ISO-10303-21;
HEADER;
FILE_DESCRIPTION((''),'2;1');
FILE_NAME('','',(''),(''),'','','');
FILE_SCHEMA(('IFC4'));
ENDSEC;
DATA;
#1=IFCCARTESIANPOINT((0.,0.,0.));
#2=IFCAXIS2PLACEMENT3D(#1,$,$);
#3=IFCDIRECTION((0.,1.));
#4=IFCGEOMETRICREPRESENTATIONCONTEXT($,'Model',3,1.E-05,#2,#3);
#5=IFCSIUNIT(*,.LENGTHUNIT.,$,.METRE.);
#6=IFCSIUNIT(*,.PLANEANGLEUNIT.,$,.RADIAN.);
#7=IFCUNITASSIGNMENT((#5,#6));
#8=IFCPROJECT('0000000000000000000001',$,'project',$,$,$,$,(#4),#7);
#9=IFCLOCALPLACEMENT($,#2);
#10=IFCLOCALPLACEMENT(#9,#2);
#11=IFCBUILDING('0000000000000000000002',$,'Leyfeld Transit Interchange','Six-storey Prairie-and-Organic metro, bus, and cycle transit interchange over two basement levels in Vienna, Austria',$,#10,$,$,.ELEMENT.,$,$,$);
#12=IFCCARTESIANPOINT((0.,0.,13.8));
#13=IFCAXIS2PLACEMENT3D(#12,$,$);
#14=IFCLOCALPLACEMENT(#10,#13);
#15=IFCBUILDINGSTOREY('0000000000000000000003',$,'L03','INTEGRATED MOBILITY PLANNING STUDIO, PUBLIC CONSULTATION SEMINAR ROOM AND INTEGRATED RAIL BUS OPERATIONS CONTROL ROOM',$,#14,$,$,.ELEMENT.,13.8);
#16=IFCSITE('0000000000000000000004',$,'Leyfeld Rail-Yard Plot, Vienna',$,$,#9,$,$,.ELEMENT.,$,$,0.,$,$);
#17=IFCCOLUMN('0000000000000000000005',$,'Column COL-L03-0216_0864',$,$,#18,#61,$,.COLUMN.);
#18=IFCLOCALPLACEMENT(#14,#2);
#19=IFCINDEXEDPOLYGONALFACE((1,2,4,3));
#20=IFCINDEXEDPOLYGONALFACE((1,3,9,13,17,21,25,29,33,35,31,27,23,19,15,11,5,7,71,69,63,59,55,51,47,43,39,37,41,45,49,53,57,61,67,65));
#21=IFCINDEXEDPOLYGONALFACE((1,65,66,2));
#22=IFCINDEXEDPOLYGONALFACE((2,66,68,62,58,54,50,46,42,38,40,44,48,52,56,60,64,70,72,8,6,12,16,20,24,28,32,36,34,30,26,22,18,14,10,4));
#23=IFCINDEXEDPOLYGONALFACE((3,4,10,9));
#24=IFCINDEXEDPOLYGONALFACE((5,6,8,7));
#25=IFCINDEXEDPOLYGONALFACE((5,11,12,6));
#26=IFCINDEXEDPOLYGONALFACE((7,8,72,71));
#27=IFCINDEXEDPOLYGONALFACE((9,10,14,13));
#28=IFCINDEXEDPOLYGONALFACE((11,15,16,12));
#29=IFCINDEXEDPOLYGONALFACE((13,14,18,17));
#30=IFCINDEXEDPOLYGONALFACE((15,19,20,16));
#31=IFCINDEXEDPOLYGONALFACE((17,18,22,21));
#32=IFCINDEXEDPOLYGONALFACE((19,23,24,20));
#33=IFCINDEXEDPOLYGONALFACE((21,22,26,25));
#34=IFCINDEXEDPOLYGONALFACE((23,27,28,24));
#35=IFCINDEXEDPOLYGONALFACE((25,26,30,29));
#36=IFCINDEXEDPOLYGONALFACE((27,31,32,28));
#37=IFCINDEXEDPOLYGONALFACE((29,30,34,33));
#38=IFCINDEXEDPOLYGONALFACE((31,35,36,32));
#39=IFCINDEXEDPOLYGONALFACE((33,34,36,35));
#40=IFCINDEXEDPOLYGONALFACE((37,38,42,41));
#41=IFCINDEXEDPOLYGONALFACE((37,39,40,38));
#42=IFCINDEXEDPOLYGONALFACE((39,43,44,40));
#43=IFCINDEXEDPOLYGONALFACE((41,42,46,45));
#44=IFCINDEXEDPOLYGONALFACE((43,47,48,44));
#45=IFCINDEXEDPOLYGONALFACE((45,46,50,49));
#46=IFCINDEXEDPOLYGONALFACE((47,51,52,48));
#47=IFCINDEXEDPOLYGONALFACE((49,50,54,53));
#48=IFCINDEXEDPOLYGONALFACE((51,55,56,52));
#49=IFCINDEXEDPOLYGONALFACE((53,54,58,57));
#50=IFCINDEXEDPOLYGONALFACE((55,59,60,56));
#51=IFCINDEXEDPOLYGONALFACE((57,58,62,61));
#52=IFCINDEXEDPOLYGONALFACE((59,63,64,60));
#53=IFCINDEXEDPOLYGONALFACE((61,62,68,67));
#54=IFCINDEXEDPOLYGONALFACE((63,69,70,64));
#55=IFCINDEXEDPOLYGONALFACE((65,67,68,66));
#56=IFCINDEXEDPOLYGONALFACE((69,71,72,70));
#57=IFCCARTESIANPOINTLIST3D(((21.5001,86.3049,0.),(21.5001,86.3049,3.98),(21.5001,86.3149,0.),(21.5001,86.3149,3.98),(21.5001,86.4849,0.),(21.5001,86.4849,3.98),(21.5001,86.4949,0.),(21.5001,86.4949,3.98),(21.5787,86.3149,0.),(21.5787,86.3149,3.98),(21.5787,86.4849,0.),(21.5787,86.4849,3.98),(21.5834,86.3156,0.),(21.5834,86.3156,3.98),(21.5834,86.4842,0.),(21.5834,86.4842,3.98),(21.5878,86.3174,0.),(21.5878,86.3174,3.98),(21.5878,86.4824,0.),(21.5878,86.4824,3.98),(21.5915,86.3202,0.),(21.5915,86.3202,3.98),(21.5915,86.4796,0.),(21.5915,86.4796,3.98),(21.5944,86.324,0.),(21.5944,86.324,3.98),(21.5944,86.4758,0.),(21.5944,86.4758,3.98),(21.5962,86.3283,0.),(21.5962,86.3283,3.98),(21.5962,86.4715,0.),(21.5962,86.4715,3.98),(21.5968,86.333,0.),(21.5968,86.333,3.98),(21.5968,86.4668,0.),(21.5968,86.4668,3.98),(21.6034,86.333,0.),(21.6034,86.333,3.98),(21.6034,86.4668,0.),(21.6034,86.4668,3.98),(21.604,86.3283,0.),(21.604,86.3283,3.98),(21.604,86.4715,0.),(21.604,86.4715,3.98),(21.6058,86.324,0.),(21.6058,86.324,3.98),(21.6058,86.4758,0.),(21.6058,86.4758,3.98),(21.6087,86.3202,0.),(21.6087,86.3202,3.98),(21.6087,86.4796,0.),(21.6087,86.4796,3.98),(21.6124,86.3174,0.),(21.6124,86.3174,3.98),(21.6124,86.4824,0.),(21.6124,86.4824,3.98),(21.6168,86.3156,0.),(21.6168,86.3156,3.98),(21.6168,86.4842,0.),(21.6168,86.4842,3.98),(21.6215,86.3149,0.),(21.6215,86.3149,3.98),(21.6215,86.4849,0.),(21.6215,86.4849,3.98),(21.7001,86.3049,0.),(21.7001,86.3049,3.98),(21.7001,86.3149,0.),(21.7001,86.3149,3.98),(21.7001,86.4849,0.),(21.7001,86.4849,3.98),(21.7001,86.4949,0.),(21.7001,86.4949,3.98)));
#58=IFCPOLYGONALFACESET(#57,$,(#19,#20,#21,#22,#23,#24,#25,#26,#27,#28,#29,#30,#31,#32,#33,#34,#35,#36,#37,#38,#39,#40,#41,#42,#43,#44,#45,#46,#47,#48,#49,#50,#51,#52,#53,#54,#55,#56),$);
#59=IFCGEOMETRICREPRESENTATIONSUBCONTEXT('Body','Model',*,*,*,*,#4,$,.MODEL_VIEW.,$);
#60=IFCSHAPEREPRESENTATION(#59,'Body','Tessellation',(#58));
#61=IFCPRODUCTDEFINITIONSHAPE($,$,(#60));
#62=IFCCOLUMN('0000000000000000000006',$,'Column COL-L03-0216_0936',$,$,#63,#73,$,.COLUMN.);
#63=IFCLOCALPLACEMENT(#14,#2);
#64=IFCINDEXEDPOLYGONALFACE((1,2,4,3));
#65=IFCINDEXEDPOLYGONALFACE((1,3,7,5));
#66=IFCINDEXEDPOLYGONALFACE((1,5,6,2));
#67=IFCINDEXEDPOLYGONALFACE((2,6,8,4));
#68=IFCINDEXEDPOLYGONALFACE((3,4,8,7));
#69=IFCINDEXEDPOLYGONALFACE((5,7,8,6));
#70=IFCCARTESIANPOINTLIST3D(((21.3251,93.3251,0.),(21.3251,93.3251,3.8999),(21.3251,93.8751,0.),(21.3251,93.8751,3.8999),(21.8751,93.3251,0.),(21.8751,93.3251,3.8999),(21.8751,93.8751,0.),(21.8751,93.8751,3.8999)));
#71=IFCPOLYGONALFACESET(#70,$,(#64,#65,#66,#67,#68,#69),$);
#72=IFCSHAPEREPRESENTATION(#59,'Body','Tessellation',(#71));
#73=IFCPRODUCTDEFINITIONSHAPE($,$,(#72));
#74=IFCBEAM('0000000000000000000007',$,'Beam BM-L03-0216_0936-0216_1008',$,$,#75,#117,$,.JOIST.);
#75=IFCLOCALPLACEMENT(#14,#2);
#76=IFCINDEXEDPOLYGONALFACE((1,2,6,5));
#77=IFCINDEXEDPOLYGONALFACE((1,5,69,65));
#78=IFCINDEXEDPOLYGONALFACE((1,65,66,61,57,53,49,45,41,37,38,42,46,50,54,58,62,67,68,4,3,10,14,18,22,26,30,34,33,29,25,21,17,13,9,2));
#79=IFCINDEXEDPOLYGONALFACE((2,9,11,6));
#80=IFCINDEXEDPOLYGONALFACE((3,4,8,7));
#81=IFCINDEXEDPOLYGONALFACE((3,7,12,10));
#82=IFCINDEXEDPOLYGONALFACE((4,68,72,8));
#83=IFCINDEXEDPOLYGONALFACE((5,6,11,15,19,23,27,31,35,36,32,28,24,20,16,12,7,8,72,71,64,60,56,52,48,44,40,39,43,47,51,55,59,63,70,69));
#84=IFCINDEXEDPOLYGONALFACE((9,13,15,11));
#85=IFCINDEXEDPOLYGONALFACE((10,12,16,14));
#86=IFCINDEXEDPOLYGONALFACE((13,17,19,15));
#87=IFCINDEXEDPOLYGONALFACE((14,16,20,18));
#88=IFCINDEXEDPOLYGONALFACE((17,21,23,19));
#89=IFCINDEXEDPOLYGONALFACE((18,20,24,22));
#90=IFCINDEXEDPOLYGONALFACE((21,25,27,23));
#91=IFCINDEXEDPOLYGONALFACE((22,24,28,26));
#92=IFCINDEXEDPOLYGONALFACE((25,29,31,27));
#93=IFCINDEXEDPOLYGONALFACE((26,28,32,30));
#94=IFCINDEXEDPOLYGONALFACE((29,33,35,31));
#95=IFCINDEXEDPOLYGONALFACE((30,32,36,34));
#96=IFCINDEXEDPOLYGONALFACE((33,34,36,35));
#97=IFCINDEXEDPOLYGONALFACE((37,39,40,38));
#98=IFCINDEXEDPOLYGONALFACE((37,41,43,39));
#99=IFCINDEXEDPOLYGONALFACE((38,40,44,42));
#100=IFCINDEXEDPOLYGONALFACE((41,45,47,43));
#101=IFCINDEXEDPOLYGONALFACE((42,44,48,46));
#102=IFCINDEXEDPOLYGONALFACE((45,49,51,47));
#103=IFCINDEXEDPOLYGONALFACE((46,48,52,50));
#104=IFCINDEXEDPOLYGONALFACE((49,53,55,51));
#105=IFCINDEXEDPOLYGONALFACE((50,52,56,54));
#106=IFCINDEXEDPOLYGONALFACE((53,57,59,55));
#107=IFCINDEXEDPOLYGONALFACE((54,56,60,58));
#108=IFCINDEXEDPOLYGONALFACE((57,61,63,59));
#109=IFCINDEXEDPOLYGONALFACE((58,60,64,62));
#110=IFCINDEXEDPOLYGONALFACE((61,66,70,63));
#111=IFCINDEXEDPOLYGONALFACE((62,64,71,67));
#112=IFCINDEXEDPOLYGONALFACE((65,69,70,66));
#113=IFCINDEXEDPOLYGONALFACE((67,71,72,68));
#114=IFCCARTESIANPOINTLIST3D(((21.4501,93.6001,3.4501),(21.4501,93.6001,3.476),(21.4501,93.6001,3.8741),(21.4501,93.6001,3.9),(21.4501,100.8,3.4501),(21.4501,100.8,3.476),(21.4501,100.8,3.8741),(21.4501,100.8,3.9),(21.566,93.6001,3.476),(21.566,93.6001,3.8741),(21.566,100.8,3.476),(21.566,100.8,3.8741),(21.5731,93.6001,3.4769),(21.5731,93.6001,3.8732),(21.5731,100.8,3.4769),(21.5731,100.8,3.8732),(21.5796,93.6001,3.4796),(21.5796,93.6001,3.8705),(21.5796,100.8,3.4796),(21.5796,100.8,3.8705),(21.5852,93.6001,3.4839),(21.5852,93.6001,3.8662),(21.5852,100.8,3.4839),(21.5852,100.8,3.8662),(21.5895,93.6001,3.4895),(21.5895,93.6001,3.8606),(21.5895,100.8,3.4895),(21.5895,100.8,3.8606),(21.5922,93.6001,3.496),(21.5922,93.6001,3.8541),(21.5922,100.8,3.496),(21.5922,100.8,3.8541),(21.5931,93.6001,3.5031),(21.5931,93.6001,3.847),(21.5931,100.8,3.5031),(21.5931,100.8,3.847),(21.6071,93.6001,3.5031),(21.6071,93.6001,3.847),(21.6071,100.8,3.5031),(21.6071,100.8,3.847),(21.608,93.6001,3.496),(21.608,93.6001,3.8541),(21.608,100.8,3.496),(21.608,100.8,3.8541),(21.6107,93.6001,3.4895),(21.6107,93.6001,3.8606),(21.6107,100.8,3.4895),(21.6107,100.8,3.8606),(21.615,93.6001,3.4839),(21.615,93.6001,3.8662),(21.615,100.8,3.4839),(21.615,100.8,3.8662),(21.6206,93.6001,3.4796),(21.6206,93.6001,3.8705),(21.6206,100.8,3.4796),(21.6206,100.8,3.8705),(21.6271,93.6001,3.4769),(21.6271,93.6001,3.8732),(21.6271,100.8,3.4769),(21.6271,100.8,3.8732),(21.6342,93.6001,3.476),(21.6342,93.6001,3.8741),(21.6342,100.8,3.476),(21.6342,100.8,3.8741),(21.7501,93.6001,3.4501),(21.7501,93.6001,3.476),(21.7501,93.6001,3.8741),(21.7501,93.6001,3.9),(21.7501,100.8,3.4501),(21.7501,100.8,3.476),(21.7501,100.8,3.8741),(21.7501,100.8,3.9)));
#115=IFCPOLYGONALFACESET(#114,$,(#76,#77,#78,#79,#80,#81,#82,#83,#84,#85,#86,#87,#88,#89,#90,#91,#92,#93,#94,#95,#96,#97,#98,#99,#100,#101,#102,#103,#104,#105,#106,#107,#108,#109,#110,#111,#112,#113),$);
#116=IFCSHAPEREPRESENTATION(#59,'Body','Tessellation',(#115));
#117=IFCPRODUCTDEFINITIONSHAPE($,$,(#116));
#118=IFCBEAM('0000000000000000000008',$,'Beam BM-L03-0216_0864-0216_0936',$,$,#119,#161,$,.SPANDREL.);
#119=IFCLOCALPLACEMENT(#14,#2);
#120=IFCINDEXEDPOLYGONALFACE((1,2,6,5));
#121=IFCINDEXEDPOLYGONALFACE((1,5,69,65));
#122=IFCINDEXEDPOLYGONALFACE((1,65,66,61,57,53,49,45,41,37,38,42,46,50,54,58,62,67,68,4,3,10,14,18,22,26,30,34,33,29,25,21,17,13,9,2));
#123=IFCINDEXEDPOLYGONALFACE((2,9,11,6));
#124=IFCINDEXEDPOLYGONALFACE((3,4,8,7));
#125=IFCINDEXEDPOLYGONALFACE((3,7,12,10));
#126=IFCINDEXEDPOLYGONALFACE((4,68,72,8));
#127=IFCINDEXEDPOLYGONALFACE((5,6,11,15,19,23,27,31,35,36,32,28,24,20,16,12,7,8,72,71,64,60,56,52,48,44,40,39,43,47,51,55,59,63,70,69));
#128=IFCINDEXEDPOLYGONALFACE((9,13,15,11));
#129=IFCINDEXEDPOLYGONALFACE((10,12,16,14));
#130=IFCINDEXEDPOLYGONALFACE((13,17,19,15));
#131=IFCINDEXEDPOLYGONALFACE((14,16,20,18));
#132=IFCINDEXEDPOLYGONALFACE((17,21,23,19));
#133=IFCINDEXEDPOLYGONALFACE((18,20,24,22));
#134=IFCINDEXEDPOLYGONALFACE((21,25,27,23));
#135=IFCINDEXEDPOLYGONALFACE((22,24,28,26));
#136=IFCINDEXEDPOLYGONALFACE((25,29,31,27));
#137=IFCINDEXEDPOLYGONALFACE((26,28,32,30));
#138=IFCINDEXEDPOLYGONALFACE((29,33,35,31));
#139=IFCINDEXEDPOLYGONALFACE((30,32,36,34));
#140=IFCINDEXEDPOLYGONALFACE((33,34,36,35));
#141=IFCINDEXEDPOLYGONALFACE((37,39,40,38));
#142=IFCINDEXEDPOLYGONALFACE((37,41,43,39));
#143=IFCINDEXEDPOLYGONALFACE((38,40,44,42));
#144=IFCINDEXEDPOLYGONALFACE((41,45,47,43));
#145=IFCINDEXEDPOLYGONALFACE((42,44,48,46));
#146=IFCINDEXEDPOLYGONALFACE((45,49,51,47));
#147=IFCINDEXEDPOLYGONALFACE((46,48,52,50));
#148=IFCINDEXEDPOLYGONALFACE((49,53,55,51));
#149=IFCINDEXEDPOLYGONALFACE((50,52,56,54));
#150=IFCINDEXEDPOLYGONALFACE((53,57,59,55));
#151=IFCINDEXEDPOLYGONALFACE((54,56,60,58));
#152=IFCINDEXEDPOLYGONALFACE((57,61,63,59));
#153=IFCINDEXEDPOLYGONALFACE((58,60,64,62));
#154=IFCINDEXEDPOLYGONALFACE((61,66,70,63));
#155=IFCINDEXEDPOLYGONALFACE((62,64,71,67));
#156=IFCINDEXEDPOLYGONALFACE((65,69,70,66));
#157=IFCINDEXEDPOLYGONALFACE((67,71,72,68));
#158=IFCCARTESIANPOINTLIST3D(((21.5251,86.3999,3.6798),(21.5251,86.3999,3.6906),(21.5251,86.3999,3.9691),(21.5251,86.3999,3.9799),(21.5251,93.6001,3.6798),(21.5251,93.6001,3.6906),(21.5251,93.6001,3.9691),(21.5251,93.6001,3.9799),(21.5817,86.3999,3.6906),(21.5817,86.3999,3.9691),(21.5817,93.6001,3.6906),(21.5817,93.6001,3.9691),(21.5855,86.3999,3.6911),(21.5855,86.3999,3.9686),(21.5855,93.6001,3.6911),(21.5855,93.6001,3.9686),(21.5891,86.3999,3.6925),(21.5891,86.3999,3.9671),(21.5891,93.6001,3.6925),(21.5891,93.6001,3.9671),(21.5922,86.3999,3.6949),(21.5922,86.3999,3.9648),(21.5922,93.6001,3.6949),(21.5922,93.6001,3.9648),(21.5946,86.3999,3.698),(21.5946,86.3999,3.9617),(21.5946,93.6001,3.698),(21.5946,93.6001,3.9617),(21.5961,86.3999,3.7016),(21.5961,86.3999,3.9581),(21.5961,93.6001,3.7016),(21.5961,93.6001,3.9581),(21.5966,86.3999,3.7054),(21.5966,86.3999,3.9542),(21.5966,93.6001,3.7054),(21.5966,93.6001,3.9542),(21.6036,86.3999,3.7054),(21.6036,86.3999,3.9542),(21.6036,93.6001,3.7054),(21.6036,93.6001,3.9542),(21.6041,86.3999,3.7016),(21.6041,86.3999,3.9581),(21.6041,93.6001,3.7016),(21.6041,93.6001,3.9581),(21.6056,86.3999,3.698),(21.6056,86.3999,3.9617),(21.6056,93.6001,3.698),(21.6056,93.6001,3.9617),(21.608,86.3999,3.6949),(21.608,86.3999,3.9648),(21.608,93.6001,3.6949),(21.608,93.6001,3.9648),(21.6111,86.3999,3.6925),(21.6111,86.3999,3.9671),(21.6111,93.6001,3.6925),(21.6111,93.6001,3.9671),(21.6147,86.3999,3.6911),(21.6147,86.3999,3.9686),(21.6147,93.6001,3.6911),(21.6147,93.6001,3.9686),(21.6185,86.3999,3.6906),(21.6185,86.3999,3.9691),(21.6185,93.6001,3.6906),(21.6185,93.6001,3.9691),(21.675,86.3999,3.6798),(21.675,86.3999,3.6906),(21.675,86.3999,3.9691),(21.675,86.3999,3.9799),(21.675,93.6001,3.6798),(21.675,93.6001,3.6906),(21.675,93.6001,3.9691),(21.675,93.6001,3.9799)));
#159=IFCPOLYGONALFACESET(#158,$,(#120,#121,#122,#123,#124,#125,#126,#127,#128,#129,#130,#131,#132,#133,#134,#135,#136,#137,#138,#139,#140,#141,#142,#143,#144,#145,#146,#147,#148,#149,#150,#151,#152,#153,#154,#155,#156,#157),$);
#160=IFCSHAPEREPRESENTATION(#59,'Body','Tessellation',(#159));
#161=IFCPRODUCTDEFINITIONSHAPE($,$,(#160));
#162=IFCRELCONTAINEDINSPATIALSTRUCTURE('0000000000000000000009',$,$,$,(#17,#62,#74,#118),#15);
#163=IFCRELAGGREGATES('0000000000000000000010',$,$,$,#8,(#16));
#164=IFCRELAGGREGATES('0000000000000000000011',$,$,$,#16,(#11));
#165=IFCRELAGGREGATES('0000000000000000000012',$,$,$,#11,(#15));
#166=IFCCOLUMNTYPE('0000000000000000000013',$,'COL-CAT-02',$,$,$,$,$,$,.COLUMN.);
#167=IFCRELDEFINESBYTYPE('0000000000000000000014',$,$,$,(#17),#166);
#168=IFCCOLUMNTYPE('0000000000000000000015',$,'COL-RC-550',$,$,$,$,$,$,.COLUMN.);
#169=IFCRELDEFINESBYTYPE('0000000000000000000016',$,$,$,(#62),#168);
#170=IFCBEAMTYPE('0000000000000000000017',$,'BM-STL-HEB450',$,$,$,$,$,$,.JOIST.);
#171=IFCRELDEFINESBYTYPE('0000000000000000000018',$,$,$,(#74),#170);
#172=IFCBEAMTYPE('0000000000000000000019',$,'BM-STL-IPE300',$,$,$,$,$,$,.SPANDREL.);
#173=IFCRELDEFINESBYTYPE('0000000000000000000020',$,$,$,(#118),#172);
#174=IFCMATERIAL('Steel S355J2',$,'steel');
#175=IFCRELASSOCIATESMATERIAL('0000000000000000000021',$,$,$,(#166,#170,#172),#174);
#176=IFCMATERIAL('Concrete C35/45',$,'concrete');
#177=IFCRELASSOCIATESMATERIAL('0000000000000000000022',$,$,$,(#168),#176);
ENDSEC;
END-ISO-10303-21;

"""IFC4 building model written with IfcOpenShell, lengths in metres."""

from ifc_helpers import new_model, si_unit, direction, frame, origin, origin_2d, place, context, subcontext, project, spatial, rectangle, i_section, extrude, material, material_profile, profile_set, type_object, element, save


model = new_model("IFC4")

# Units and contexts
model_context = context("Model", 3, precision=1e-05, world=origin(), true_north=direction((0.0, 1.0)))
body_context = subcontext(model_context, "Body", "Model", "MODEL_VIEW")
ifc_project = project(units=[si_unit("LENGTHUNIT", "METRE"), si_unit("PLANEANGLEUNIT", "RADIAN")], contexts=[model_context])

# Site, building, storey
site_placement = place(None, origin())
site = spatial("IfcSite", under=ifc_project, at=site_placement, Name="Leyfeld Rail-Yard Plot, Vienna", CompositionType="ELEMENT", RefElevation=0.0)
building_placement = place(site_placement, origin())
building = spatial("IfcBuilding", under=site, at=building_placement, Name="Leyfeld Transit Interchange", Description="Six-storey Prairie-and-Organic metro, bus, and cycle transit interchange over two basement levels in Vienna, Austria", CompositionType="ELEMENT")
storey_placement = place(building_placement, frame((0.0, 0.0, 13.8)))
storey = spatial("IfcBuildingStorey", under=building, at=storey_placement, Name="L03", Description="INTEGRATED MOBILITY PLANNING STUDIO, PUBLIC CONSULTATION SEMINAR ROOM AND INTEGRATED RAIL BUS OPERATIONS CONTROL ROOM", CompositionType="ELEMENT", Elevation=13.8)

# Columns
ifc_material_1 = material(Name="Steel S355J2", Category="steel")
ifc_material_profile_1 = material_profile(ifc_material_1, i_section(OverallWidth=0.2, OverallDepth=0.1899, WebThickness=0.0066, FlangeThickness=0.01, FilletRadius=0.0181, at=origin_2d()), Name="HEA 200")
ifc_profile_set_1 = profile_set([ifc_material_profile_1], Name="Steel S355J2")
column_type_1 = type_object("IfcColumnType", Name="COL-CAT-02", PredefinedType="COLUMN", material=ifc_profile_set_1)
column_1_placement = place(storey_placement, frame((21.6001, 86.3999, 0.0), z_axis=(0.0, 0.0, 1.0), x_axis=(1.0, 0.0, 0.0)))
element("IfcColumn", 1, at=column_1_placement, inside=storey, type_object=column_type_1, Name="Column COL-L03-0216_0864", PredefinedType="COLUMN", context=body_context, shape_type="SweptSolid", body=[
    extrude(i_section(OverallWidth=0.2, OverallDepth=0.1899, WebThickness=0.0066, FlangeThickness=0.01, FilletRadius=0.0181, at=origin_2d()), origin(), (0.0, 0.0, 1.0), 3.98),
])
ifc_material_2 = material(Name="Concrete C35/45", Category="concrete")
ifc_material_profile_2 = material_profile(ifc_material_2, rectangle(XDim=0.55, YDim=0.55, at=origin_2d()), Name="RC 550x550")
ifc_profile_set_2 = profile_set([ifc_material_profile_2], Name="Concrete C35/45")
column_type_2 = type_object("IfcColumnType", Name="COL-RC-550", PredefinedType="COLUMN", material=ifc_profile_set_2)
column_2_placement = place(storey_placement, frame((21.6001, 93.6001, 0.0), z_axis=(0.0, 0.0, 1.0), x_axis=(1.0, 0.0, 0.0)))
element("IfcColumn", 2, at=column_2_placement, inside=storey, type_object=column_type_2, Name="Column COL-L03-0216_0936", PredefinedType="COLUMN", context=body_context, shape_type="SweptSolid", body=[
    extrude(rectangle(XDim=0.55, YDim=0.55, at=origin_2d()), origin(), (0.0, 0.0, 1.0), 3.8999),
])

# Beams
ifc_material_profile_3 = material_profile(ifc_material_1, i_section(OverallWidth=0.3, OverallDepth=0.45, WebThickness=0.0139, FlangeThickness=0.0259, FilletRadius=0.0271, at=origin_2d()), Name="HEB 450")
ifc_profile_set_3 = profile_set([ifc_material_profile_3], Name="Steel S355J2")
beam_type_1 = type_object("IfcBeamType", Name="BM-STL-HEB450", PredefinedType="JOIST", material=ifc_profile_set_3)
beam_1_placement = place(storey_placement, frame((21.6001, 93.6001, 3.675), z_axis=(0.0, 1.0, 0.0), x_axis=(-1.0, 0.0, 0.0)))
element("IfcBeam", 3, at=beam_1_placement, inside=storey, type_object=beam_type_1, Name="Beam BM-L03-0216_0936-0216_1008", PredefinedType="JOIST", context=body_context, shape_type="SweptSolid", body=[
    extrude(i_section(OverallWidth=0.3, OverallDepth=0.45, WebThickness=0.0139, FlangeThickness=0.0259, FilletRadius=0.0271, at=origin_2d()), origin(), (0.0, 0.0, 1.0), 7.2),
])
ifc_material_profile_4 = material_profile(ifc_material_1, i_section(OverallWidth=0.1499, OverallDepth=0.3, WebThickness=0.0071, FlangeThickness=0.0107, FilletRadius=0.0149, at=origin_2d()), Name="IPE 300")
ifc_profile_set_4 = profile_set([ifc_material_profile_4], Name="Steel S355J2")
beam_type_2 = type_object("IfcBeamType", Name="BM-STL-IPE300", PredefinedType="SPANDREL", material=ifc_profile_set_4)
beam_2_placement = place(storey_placement, frame((21.6001, 86.3999, 3.8298), z_axis=(0.0, 1.0, 0.0), x_axis=(-1.0, 0.0, 0.0)))
element("IfcBeam", 4, at=beam_2_placement, inside=storey, type_object=beam_type_2, Name="Beam BM-L03-0216_0864-0216_0936", PredefinedType="SPANDREL", context=body_context, shape_type="SweptSolid", body=[
    extrude(i_section(OverallWidth=0.1499, OverallDepth=0.3, WebThickness=0.0071, FlangeThickness=0.0107, FilletRadius=0.0149, at=origin_2d()), origin(), (0.0, 0.0, 1.0), 7.2002),
])

save(model, "model.ifc")
